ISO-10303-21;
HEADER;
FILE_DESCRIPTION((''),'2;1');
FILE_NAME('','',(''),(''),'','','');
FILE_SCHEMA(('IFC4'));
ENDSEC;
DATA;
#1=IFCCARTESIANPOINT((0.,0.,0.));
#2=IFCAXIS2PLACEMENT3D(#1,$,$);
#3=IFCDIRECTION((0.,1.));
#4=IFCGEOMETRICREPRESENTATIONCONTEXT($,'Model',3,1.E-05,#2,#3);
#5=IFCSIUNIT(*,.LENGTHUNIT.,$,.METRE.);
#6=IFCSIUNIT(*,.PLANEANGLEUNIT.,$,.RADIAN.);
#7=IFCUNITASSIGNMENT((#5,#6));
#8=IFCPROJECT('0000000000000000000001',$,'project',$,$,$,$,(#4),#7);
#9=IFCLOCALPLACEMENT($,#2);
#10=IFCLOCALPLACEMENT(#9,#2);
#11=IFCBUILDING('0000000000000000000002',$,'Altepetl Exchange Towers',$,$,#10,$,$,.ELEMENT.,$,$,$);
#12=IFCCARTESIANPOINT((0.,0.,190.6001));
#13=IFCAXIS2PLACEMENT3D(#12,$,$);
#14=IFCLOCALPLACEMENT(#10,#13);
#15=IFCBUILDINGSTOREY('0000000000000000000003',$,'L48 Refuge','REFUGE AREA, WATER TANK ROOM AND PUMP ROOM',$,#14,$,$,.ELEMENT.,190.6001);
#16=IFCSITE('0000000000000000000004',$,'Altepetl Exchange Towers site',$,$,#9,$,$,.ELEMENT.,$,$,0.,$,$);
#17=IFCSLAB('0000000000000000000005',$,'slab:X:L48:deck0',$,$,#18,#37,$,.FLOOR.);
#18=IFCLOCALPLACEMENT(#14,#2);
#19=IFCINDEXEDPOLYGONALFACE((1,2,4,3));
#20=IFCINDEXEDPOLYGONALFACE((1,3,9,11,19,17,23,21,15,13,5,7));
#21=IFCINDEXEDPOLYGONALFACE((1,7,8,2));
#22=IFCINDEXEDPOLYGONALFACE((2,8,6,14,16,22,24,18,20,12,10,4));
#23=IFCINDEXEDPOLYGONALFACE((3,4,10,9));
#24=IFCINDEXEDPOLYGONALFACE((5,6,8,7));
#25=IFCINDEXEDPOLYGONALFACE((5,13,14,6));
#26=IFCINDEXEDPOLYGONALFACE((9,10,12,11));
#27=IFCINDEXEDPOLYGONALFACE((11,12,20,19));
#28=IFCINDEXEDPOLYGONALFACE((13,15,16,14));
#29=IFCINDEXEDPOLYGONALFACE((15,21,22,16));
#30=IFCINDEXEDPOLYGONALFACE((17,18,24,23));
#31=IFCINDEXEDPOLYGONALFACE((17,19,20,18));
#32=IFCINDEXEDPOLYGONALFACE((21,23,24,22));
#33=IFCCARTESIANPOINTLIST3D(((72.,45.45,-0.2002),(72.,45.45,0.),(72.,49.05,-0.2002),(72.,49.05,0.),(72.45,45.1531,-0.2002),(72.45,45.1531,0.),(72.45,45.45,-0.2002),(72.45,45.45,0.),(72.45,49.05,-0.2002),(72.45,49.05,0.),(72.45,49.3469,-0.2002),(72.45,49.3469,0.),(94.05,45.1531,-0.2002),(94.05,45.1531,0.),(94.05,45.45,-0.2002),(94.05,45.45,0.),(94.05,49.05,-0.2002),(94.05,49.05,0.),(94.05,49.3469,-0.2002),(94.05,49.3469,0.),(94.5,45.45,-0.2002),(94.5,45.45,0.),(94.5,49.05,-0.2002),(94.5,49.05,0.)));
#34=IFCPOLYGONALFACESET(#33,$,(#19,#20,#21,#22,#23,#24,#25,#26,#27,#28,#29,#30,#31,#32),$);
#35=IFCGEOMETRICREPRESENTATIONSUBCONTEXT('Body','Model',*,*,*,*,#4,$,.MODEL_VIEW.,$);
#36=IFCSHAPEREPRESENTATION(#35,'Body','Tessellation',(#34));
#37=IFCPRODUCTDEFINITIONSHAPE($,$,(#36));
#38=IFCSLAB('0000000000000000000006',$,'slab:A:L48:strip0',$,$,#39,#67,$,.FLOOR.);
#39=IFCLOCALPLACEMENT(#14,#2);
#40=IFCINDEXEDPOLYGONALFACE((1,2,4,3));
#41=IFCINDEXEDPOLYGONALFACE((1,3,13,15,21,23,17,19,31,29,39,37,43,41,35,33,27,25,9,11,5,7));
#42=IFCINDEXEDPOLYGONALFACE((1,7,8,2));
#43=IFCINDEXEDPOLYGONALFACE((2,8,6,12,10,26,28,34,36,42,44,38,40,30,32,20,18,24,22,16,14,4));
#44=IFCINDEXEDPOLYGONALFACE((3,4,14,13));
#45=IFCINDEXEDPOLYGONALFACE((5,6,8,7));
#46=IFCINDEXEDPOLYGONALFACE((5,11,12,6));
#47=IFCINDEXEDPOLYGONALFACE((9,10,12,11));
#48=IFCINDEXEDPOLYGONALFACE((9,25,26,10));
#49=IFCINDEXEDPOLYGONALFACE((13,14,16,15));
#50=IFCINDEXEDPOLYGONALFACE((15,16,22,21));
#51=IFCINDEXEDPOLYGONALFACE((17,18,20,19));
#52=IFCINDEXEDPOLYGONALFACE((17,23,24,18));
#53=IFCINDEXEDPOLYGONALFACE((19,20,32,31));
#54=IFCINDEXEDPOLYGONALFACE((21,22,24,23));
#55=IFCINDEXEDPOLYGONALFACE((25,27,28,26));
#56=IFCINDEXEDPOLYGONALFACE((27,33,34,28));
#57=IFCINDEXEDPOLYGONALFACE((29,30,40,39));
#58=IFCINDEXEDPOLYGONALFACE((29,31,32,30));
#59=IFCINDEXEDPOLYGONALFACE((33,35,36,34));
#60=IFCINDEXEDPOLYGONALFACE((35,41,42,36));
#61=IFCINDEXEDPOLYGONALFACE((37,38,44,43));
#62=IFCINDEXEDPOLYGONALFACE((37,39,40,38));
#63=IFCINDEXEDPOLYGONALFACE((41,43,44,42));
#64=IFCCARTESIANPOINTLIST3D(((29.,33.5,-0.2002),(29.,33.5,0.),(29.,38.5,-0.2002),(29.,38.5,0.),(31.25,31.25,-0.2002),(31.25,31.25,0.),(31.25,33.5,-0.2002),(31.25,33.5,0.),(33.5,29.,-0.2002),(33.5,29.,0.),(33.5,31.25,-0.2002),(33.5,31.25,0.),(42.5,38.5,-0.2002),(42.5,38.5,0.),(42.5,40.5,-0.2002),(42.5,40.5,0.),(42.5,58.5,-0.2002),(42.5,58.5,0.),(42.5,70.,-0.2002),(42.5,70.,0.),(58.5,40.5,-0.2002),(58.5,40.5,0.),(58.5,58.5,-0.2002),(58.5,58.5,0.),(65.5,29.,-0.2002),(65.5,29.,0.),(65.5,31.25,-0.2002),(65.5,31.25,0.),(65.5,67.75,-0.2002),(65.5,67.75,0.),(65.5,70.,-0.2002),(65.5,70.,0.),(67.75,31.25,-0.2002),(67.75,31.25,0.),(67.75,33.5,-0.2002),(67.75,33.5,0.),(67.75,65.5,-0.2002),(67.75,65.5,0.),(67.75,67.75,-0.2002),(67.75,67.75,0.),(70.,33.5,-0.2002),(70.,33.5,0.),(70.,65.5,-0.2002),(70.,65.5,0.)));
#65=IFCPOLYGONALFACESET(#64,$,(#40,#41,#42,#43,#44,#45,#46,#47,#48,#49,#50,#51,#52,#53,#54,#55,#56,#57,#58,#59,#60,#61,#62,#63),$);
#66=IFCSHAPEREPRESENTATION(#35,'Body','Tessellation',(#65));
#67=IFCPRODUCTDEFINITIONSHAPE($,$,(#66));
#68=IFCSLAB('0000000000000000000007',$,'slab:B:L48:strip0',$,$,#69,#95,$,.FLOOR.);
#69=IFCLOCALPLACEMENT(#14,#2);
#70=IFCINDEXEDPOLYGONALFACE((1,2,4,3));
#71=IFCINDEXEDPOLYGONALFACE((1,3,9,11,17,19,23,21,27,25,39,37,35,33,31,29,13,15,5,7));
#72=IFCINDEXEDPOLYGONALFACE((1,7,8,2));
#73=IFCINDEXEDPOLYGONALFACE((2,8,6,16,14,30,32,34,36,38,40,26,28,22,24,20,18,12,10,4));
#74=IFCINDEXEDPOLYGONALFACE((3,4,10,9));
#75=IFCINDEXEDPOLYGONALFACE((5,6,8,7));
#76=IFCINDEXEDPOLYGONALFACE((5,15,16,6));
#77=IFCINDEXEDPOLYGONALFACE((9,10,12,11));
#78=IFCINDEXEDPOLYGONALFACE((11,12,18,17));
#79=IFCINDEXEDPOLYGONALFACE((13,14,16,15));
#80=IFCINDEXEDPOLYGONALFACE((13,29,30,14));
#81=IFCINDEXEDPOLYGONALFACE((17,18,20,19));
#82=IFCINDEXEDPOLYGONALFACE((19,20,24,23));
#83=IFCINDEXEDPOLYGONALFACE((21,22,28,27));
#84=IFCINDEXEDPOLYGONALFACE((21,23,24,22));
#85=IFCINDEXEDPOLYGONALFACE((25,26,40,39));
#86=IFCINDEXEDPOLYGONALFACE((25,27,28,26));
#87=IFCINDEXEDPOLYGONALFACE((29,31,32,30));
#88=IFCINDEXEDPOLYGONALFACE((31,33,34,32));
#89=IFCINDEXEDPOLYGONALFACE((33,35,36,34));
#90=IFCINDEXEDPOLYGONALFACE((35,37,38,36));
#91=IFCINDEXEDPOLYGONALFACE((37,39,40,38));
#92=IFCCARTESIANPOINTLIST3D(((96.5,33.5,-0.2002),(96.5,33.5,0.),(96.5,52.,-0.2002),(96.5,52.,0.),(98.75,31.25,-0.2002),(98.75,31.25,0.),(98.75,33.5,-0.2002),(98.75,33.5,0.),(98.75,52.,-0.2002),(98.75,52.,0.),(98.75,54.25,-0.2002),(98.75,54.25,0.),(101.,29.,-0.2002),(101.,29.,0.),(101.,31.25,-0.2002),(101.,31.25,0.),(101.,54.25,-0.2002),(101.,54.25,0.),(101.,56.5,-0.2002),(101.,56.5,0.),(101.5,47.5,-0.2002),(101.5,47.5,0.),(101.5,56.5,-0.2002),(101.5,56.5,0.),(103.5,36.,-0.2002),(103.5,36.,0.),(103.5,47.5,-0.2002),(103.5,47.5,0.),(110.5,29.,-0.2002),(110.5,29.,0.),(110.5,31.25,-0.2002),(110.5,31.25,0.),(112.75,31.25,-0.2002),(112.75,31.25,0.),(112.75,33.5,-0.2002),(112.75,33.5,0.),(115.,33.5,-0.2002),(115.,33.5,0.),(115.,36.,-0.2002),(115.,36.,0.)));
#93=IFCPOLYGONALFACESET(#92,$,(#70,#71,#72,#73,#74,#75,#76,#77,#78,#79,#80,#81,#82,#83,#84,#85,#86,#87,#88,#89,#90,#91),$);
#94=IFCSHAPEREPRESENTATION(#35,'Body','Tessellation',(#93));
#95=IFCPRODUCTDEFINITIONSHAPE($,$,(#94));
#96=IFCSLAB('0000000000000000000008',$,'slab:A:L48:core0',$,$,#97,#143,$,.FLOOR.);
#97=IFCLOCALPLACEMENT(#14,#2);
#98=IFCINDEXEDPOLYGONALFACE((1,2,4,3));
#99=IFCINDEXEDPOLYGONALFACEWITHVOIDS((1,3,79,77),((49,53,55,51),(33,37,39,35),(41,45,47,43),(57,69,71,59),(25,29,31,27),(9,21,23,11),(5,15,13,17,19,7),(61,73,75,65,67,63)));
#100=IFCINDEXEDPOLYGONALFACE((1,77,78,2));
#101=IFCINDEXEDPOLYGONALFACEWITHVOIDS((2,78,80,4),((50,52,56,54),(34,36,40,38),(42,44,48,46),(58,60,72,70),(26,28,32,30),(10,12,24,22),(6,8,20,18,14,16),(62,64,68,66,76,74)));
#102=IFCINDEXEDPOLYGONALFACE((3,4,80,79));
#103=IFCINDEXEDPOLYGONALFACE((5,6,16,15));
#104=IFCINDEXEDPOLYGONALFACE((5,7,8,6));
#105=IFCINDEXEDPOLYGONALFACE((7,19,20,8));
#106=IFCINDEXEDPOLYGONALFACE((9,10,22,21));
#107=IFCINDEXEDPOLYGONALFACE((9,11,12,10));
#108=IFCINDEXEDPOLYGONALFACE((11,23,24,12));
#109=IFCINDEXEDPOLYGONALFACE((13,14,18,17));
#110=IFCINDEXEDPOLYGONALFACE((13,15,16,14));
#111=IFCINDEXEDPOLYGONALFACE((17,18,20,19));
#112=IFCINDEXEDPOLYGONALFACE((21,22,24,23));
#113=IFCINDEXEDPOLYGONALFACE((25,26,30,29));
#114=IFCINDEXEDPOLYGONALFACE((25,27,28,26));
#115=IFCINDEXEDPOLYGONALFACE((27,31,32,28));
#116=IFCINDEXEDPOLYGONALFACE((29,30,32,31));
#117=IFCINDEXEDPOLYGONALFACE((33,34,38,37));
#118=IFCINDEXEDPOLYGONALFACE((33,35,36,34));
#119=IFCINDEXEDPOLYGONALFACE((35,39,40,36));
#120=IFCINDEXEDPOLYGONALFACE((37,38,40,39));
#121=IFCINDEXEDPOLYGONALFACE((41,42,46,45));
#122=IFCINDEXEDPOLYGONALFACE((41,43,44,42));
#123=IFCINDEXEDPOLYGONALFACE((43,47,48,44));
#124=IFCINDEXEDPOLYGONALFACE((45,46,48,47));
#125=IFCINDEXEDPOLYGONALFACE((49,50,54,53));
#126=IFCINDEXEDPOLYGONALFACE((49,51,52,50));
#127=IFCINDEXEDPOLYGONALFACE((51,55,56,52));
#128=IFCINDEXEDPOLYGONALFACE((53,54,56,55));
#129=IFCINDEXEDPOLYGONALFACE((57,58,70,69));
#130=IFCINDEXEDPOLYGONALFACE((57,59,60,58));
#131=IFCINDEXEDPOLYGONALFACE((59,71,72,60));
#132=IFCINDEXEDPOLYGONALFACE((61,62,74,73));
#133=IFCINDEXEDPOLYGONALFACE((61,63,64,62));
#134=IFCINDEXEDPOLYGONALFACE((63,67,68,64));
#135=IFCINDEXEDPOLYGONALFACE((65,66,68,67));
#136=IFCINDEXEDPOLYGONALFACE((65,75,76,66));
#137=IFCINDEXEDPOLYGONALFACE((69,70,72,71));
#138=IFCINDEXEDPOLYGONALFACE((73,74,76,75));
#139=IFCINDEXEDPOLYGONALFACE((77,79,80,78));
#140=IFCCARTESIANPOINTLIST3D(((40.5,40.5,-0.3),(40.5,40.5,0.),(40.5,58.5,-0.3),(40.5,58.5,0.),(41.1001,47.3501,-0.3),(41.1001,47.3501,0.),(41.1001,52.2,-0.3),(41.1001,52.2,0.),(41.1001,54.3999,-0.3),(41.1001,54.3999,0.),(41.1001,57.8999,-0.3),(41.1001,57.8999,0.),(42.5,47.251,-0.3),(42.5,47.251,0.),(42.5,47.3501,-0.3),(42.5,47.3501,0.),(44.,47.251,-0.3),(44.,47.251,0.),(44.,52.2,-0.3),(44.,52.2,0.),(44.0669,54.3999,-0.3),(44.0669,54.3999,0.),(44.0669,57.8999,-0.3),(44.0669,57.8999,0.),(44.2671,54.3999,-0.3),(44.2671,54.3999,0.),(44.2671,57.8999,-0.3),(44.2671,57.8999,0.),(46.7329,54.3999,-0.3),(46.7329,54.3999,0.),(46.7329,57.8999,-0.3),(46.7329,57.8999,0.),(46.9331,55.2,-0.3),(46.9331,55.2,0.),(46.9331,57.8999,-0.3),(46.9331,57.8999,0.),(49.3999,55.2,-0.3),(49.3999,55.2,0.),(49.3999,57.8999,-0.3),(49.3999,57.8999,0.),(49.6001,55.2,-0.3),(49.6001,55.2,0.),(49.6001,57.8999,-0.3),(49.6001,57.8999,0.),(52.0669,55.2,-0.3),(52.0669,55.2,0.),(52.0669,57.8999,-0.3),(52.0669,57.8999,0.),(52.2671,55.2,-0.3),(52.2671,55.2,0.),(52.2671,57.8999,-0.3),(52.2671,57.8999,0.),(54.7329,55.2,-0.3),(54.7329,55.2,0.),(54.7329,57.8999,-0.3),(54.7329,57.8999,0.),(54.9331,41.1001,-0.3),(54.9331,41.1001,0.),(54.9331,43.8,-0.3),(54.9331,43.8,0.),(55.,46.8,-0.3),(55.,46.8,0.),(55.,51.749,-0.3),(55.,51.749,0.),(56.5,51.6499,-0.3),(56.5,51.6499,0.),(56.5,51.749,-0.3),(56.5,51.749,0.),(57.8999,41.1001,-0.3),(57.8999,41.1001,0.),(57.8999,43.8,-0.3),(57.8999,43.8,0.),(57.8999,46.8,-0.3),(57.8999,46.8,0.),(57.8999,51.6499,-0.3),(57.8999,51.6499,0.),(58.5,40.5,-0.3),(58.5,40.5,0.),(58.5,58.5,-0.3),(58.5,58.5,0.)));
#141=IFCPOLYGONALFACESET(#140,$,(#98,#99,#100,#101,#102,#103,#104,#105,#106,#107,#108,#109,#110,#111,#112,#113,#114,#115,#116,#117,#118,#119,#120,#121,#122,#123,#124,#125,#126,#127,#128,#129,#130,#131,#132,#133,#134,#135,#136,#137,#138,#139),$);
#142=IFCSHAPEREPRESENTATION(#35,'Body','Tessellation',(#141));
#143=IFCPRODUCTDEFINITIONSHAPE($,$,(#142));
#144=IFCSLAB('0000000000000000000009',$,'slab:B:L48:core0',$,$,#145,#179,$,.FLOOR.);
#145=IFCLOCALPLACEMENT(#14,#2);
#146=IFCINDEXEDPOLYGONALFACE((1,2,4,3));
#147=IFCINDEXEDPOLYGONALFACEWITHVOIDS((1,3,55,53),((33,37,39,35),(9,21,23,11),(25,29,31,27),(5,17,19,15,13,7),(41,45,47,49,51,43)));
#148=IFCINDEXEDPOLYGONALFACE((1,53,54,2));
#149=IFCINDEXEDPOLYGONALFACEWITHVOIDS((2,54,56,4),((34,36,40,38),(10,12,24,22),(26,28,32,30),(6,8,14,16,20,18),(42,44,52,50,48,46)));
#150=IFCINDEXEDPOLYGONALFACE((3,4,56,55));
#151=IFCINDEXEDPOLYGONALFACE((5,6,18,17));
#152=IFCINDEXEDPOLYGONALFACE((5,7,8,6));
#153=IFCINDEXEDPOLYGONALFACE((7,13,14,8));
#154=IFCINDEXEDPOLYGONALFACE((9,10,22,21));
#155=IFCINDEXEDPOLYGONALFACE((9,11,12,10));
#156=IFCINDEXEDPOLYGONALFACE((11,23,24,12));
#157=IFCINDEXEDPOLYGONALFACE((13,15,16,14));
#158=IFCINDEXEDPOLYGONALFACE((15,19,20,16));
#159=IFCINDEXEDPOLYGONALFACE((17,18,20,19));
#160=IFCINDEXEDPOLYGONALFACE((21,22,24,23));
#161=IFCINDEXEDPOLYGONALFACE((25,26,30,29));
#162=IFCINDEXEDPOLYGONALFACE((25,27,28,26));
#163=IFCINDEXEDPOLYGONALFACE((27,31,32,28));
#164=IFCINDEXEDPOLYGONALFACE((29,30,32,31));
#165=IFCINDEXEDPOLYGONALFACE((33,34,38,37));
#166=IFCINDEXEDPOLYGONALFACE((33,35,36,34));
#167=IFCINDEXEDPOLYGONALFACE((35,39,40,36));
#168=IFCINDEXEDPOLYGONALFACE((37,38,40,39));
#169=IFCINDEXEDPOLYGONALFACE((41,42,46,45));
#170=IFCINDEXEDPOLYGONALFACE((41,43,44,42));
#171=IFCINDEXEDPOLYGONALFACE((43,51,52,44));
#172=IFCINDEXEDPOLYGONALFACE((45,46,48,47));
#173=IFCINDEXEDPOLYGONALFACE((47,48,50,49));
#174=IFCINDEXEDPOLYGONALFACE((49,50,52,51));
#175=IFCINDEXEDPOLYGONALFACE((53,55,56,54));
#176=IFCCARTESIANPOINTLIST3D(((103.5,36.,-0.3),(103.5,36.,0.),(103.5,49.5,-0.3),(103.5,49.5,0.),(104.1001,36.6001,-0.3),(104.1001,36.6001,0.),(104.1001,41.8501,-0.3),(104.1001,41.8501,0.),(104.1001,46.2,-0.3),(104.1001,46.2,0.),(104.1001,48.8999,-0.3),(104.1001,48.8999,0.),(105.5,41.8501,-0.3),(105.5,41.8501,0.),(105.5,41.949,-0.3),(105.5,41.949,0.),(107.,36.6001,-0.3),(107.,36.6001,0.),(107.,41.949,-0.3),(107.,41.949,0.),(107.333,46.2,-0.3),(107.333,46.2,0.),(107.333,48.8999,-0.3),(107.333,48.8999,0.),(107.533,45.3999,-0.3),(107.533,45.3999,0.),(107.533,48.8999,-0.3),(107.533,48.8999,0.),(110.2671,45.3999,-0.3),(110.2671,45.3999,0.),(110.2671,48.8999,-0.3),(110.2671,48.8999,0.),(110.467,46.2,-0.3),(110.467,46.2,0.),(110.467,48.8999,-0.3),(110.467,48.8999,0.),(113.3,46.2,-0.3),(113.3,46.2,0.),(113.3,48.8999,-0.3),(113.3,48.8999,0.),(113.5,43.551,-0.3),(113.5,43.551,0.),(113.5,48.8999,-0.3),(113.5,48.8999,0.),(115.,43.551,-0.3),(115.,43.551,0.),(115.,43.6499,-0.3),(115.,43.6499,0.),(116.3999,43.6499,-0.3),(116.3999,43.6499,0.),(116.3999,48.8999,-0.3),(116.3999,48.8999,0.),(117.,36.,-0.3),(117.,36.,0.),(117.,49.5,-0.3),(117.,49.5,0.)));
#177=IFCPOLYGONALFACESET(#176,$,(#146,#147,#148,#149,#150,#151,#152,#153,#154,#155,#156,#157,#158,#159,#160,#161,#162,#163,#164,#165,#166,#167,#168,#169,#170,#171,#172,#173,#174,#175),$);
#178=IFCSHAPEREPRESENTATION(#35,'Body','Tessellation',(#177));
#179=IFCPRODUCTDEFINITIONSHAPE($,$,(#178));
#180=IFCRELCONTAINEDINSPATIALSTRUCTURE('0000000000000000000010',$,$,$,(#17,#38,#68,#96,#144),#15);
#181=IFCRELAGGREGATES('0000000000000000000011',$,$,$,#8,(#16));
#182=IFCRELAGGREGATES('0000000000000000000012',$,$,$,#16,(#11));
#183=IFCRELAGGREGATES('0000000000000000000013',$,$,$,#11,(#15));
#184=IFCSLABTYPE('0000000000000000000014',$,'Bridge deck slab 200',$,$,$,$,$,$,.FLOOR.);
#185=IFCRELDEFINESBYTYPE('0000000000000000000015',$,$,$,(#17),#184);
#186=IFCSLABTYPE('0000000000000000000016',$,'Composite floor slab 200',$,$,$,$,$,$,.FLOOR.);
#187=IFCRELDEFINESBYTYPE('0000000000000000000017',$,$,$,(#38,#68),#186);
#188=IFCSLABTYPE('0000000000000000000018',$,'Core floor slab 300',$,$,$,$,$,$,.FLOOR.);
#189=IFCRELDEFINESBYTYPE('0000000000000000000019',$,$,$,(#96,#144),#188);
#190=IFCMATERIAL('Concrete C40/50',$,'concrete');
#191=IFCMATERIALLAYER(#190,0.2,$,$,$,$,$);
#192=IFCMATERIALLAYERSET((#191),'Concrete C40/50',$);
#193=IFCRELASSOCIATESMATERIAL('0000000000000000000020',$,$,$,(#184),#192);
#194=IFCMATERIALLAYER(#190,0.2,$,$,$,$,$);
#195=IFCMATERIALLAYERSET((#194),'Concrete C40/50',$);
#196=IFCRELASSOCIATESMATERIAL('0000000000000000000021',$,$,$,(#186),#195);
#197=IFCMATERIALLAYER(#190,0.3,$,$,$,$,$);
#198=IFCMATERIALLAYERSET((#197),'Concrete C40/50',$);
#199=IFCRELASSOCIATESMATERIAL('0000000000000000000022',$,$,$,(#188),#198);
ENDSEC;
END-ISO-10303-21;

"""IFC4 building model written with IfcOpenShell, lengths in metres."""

from ifc_helpers import new_model, si_unit, direction, frame, origin, place, context, subcontext, project, spatial, polyline, outline, extrude, material, layer, layer_set, type_object, element, save


model = new_model("IFC4")

# Units and contexts
model_context = context("Model", 3, precision=1e-05, world=origin(), true_north=direction((0.0, 1.0)))
body_context = subcontext(model_context, "Body", "Model", "MODEL_VIEW")
ifc_project = project(units=[si_unit("LENGTHUNIT", "METRE"), si_unit("PLANEANGLEUNIT", "RADIAN")], contexts=[model_context])

# Site, building, storey
site_placement = place(None, origin())
site = spatial("IfcSite", under=ifc_project, at=site_placement, Name="Altepetl Exchange Towers site", CompositionType="ELEMENT", RefElevation=0.0)
building_placement = place(site_placement, origin())
building = spatial("IfcBuilding", under=site, at=building_placement, Name="Altepetl Exchange Towers", CompositionType="ELEMENT")
storey_placement = place(building_placement, frame((0.0, 0.0, 190.6001)))
storey = spatial("IfcBuildingStorey", under=building, at=storey_placement, Name="L48 Refuge", Description="REFUGE AREA, WATER TANK ROOM AND PUMP ROOM", CompositionType="ELEMENT", Elevation=190.6001)

# Slabs
ifc_material_1 = material(Name="Concrete C40/50", Category="concrete")
ifc_layer_1 = layer(ifc_material_1, 0.2)
ifc_layer_set_1 = layer_set([ifc_layer_1], Name="Concrete C40/50")
slab_type_1 = type_object("IfcSlabType", Name="Bridge deck slab 200", PredefinedType="FLOOR", material=ifc_layer_set_1)
slab_1_placement = place(storey_placement, frame((0.0, 0.0, -0.2002)))
element("IfcSlab", 1, at=slab_1_placement, inside=storey, type_object=slab_type_1, Name="slab:X:L48:deck0", PredefinedType="FLOOR", context=body_context, shape_type="SweptSolid", body=[
    extrude(outline(polyline([(94.05, 45.45), (94.5, 45.45), (94.5, 49.05), (94.05, 49.05), (94.05, 49.3469), (72.45, 49.3469), (72.45, 49.05), (72.0, 49.05), (72.0, 45.45), (72.45, 45.45), (72.45, 45.1531), (94.05, 45.1531), (94.05, 45.45)])), origin(), (0.0, 0.0, 1.0), 0.2002),
])
ifc_layer_2 = layer(ifc_material_1, 0.2)
ifc_layer_set_2 = layer_set([ifc_layer_2], Name="Concrete C40/50")
slab_type_2 = type_object("IfcSlabType", Name="Composite floor slab 200", PredefinedType="FLOOR", material=ifc_layer_set_2)
slab_2_placement = place(storey_placement, frame((0.0, 0.0, -0.2002)))
element("IfcSlab", 2, at=slab_2_placement, inside=storey, type_object=slab_type_2, Name="slab:A:L48:strip0", PredefinedType="FLOOR", context=body_context, shape_type="SweptSolid", body=[
    extrude(outline(polyline([(42.5, 70.0), (42.5, 58.5), (58.5, 58.5), (58.5, 40.5), (42.5, 40.5), (42.5, 38.5), (29.0, 38.5), (29.0, 33.5), (31.25, 33.5), (31.25, 31.25), (33.5, 31.25), (33.5, 29.0), (65.5, 29.0), (65.5, 31.25), (67.75, 31.25), (67.75, 33.5), (70.0, 33.5), (70.0, 65.5), (67.75, 65.5), (67.75, 67.75), (65.5, 67.75), (65.5, 70.0), (42.5, 70.0)])), origin(), (0.0, 0.0, 1.0), 0.2002),
])
slab_3_placement = place(storey_placement, frame((0.0, 0.0, -0.2002)))
element("IfcSlab", 3, at=slab_3_placement, inside=storey, type_object=slab_type_2, Name="slab:B:L48:strip0", PredefinedType="FLOOR", context=body_context, shape_type="SweptSolid", body=[
    extrude(outline(polyline([(98.75, 31.25), (101.0, 31.25), (101.0, 29.0), (110.5, 29.0), (110.5, 31.25), (112.75, 31.25), (112.75, 33.5), (115.0, 33.5), (115.0, 36.0), (103.5, 36.0), (103.5, 47.5), (101.5, 47.5), (101.5, 56.5), (101.0, 56.5), (101.0, 54.25), (98.75, 54.25), (98.75, 52.0), (96.5, 52.0), (96.5, 33.5), (98.75, 33.5), (98.75, 31.25)])), origin(), (0.0, 0.0, 1.0), 0.2002),
])
ifc_layer_3 = layer(ifc_material_1, 0.3)
ifc_layer_set_3 = layer_set([ifc_layer_3], Name="Concrete C40/50")
slab_type_3 = type_object("IfcSlabType", Name="Core floor slab 300", PredefinedType="FLOOR", material=ifc_layer_set_3)
slab_4_placement = place(storey_placement, frame((0.0, 0.0, -0.3)))
element("IfcSlab", 4, at=slab_4_placement, inside=storey, type_object=slab_type_3, Name="slab:A:L48:core0", PredefinedType="FLOOR", context=body_context, shape_type="SweptSolid", body=[
    extrude(outline(polyline([(40.5, 40.5), (58.5, 40.5), (58.5, 58.5), (40.5, 58.5), (40.5, 40.5)]), holes=[polyline([(54.9331, 43.8), (57.8999, 43.8), (57.8999, 41.1001), (54.9331, 41.1001), (54.9331, 43.8)]), polyline([(55.0, 51.749), (56.5, 51.749), (56.5, 51.6499), (57.8999, 51.6499), (57.8999, 46.8), (55.0, 46.8), (55.0, 51.749)]), polyline([(44.0, 47.251), (42.5, 47.251), (42.5, 47.3501), (41.1001, 47.3501), (41.1001, 52.2), (44.0, 52.2), (44.0, 47.251)]), polyline([(41.1001, 57.8999), (44.0669, 57.8999), (44.0669, 54.3999), (41.1001, 54.3999), (41.1001, 57.8999)]), polyline([(44.2671, 57.8999), (46.7329, 57.8999), (46.7329, 54.3999), (44.2671, 54.3999), (44.2671, 57.8999)]), polyline([(46.9331, 57.8999), (49.3999, 57.8999), (49.3999, 55.2), (46.9331, 55.2), (46.9331, 57.8999)]), polyline([(49.6001, 57.8999), (52.0669, 57.8999), (52.0669, 55.2), (49.6001, 55.2), (49.6001, 57.8999)]), polyline([(52.2671, 57.8999), (54.7329, 57.8999), (54.7329, 55.2), (52.2671, 55.2), (52.2671, 57.8999)])]), origin(), (0.0, 0.0, 1.0), 0.3),
])
slab_5_placement = place(storey_placement, frame((0.0, 0.0, -0.3)))
element("IfcSlab", 5, at=slab_5_placement, inside=storey, type_object=slab_type_3, Name="slab:B:L48:core0", PredefinedType="FLOOR", context=body_context, shape_type="SweptSolid", body=[
    extrude(outline(polyline([(103.5, 36.0), (117.0, 36.0), (117.0, 49.5), (103.5, 49.5), (103.5, 36.0)]), holes=[polyline([(107.0, 36.6001), (104.1001, 36.6001), (104.1001, 41.8501), (105.5, 41.8501), (105.5, 41.949), (107.0, 41.949), (107.0, 36.6001)]), polyline([(113.5, 48.8999), (116.3999, 48.8999), (116.3999, 43.6499), (115.0, 43.6499), (115.0, 43.551), (113.5, 43.551), (113.5, 48.8999)]), polyline([(107.533, 45.3999), (107.533, 48.8999), (110.2671, 48.8999), (110.2671, 45.3999), (107.533, 45.3999)]), polyline([(104.1001, 48.8999), (107.333, 48.8999), (107.333, 46.2), (104.1001, 46.2), (104.1001, 48.8999)]), polyline([(110.467, 48.8999), (113.3, 48.8999), (113.3, 46.2), (110.467, 46.2), (110.467, 48.8999)])]), origin(), (0.0, 0.0, 1.0), 0.3),
])

save(model, "model.ifc")
